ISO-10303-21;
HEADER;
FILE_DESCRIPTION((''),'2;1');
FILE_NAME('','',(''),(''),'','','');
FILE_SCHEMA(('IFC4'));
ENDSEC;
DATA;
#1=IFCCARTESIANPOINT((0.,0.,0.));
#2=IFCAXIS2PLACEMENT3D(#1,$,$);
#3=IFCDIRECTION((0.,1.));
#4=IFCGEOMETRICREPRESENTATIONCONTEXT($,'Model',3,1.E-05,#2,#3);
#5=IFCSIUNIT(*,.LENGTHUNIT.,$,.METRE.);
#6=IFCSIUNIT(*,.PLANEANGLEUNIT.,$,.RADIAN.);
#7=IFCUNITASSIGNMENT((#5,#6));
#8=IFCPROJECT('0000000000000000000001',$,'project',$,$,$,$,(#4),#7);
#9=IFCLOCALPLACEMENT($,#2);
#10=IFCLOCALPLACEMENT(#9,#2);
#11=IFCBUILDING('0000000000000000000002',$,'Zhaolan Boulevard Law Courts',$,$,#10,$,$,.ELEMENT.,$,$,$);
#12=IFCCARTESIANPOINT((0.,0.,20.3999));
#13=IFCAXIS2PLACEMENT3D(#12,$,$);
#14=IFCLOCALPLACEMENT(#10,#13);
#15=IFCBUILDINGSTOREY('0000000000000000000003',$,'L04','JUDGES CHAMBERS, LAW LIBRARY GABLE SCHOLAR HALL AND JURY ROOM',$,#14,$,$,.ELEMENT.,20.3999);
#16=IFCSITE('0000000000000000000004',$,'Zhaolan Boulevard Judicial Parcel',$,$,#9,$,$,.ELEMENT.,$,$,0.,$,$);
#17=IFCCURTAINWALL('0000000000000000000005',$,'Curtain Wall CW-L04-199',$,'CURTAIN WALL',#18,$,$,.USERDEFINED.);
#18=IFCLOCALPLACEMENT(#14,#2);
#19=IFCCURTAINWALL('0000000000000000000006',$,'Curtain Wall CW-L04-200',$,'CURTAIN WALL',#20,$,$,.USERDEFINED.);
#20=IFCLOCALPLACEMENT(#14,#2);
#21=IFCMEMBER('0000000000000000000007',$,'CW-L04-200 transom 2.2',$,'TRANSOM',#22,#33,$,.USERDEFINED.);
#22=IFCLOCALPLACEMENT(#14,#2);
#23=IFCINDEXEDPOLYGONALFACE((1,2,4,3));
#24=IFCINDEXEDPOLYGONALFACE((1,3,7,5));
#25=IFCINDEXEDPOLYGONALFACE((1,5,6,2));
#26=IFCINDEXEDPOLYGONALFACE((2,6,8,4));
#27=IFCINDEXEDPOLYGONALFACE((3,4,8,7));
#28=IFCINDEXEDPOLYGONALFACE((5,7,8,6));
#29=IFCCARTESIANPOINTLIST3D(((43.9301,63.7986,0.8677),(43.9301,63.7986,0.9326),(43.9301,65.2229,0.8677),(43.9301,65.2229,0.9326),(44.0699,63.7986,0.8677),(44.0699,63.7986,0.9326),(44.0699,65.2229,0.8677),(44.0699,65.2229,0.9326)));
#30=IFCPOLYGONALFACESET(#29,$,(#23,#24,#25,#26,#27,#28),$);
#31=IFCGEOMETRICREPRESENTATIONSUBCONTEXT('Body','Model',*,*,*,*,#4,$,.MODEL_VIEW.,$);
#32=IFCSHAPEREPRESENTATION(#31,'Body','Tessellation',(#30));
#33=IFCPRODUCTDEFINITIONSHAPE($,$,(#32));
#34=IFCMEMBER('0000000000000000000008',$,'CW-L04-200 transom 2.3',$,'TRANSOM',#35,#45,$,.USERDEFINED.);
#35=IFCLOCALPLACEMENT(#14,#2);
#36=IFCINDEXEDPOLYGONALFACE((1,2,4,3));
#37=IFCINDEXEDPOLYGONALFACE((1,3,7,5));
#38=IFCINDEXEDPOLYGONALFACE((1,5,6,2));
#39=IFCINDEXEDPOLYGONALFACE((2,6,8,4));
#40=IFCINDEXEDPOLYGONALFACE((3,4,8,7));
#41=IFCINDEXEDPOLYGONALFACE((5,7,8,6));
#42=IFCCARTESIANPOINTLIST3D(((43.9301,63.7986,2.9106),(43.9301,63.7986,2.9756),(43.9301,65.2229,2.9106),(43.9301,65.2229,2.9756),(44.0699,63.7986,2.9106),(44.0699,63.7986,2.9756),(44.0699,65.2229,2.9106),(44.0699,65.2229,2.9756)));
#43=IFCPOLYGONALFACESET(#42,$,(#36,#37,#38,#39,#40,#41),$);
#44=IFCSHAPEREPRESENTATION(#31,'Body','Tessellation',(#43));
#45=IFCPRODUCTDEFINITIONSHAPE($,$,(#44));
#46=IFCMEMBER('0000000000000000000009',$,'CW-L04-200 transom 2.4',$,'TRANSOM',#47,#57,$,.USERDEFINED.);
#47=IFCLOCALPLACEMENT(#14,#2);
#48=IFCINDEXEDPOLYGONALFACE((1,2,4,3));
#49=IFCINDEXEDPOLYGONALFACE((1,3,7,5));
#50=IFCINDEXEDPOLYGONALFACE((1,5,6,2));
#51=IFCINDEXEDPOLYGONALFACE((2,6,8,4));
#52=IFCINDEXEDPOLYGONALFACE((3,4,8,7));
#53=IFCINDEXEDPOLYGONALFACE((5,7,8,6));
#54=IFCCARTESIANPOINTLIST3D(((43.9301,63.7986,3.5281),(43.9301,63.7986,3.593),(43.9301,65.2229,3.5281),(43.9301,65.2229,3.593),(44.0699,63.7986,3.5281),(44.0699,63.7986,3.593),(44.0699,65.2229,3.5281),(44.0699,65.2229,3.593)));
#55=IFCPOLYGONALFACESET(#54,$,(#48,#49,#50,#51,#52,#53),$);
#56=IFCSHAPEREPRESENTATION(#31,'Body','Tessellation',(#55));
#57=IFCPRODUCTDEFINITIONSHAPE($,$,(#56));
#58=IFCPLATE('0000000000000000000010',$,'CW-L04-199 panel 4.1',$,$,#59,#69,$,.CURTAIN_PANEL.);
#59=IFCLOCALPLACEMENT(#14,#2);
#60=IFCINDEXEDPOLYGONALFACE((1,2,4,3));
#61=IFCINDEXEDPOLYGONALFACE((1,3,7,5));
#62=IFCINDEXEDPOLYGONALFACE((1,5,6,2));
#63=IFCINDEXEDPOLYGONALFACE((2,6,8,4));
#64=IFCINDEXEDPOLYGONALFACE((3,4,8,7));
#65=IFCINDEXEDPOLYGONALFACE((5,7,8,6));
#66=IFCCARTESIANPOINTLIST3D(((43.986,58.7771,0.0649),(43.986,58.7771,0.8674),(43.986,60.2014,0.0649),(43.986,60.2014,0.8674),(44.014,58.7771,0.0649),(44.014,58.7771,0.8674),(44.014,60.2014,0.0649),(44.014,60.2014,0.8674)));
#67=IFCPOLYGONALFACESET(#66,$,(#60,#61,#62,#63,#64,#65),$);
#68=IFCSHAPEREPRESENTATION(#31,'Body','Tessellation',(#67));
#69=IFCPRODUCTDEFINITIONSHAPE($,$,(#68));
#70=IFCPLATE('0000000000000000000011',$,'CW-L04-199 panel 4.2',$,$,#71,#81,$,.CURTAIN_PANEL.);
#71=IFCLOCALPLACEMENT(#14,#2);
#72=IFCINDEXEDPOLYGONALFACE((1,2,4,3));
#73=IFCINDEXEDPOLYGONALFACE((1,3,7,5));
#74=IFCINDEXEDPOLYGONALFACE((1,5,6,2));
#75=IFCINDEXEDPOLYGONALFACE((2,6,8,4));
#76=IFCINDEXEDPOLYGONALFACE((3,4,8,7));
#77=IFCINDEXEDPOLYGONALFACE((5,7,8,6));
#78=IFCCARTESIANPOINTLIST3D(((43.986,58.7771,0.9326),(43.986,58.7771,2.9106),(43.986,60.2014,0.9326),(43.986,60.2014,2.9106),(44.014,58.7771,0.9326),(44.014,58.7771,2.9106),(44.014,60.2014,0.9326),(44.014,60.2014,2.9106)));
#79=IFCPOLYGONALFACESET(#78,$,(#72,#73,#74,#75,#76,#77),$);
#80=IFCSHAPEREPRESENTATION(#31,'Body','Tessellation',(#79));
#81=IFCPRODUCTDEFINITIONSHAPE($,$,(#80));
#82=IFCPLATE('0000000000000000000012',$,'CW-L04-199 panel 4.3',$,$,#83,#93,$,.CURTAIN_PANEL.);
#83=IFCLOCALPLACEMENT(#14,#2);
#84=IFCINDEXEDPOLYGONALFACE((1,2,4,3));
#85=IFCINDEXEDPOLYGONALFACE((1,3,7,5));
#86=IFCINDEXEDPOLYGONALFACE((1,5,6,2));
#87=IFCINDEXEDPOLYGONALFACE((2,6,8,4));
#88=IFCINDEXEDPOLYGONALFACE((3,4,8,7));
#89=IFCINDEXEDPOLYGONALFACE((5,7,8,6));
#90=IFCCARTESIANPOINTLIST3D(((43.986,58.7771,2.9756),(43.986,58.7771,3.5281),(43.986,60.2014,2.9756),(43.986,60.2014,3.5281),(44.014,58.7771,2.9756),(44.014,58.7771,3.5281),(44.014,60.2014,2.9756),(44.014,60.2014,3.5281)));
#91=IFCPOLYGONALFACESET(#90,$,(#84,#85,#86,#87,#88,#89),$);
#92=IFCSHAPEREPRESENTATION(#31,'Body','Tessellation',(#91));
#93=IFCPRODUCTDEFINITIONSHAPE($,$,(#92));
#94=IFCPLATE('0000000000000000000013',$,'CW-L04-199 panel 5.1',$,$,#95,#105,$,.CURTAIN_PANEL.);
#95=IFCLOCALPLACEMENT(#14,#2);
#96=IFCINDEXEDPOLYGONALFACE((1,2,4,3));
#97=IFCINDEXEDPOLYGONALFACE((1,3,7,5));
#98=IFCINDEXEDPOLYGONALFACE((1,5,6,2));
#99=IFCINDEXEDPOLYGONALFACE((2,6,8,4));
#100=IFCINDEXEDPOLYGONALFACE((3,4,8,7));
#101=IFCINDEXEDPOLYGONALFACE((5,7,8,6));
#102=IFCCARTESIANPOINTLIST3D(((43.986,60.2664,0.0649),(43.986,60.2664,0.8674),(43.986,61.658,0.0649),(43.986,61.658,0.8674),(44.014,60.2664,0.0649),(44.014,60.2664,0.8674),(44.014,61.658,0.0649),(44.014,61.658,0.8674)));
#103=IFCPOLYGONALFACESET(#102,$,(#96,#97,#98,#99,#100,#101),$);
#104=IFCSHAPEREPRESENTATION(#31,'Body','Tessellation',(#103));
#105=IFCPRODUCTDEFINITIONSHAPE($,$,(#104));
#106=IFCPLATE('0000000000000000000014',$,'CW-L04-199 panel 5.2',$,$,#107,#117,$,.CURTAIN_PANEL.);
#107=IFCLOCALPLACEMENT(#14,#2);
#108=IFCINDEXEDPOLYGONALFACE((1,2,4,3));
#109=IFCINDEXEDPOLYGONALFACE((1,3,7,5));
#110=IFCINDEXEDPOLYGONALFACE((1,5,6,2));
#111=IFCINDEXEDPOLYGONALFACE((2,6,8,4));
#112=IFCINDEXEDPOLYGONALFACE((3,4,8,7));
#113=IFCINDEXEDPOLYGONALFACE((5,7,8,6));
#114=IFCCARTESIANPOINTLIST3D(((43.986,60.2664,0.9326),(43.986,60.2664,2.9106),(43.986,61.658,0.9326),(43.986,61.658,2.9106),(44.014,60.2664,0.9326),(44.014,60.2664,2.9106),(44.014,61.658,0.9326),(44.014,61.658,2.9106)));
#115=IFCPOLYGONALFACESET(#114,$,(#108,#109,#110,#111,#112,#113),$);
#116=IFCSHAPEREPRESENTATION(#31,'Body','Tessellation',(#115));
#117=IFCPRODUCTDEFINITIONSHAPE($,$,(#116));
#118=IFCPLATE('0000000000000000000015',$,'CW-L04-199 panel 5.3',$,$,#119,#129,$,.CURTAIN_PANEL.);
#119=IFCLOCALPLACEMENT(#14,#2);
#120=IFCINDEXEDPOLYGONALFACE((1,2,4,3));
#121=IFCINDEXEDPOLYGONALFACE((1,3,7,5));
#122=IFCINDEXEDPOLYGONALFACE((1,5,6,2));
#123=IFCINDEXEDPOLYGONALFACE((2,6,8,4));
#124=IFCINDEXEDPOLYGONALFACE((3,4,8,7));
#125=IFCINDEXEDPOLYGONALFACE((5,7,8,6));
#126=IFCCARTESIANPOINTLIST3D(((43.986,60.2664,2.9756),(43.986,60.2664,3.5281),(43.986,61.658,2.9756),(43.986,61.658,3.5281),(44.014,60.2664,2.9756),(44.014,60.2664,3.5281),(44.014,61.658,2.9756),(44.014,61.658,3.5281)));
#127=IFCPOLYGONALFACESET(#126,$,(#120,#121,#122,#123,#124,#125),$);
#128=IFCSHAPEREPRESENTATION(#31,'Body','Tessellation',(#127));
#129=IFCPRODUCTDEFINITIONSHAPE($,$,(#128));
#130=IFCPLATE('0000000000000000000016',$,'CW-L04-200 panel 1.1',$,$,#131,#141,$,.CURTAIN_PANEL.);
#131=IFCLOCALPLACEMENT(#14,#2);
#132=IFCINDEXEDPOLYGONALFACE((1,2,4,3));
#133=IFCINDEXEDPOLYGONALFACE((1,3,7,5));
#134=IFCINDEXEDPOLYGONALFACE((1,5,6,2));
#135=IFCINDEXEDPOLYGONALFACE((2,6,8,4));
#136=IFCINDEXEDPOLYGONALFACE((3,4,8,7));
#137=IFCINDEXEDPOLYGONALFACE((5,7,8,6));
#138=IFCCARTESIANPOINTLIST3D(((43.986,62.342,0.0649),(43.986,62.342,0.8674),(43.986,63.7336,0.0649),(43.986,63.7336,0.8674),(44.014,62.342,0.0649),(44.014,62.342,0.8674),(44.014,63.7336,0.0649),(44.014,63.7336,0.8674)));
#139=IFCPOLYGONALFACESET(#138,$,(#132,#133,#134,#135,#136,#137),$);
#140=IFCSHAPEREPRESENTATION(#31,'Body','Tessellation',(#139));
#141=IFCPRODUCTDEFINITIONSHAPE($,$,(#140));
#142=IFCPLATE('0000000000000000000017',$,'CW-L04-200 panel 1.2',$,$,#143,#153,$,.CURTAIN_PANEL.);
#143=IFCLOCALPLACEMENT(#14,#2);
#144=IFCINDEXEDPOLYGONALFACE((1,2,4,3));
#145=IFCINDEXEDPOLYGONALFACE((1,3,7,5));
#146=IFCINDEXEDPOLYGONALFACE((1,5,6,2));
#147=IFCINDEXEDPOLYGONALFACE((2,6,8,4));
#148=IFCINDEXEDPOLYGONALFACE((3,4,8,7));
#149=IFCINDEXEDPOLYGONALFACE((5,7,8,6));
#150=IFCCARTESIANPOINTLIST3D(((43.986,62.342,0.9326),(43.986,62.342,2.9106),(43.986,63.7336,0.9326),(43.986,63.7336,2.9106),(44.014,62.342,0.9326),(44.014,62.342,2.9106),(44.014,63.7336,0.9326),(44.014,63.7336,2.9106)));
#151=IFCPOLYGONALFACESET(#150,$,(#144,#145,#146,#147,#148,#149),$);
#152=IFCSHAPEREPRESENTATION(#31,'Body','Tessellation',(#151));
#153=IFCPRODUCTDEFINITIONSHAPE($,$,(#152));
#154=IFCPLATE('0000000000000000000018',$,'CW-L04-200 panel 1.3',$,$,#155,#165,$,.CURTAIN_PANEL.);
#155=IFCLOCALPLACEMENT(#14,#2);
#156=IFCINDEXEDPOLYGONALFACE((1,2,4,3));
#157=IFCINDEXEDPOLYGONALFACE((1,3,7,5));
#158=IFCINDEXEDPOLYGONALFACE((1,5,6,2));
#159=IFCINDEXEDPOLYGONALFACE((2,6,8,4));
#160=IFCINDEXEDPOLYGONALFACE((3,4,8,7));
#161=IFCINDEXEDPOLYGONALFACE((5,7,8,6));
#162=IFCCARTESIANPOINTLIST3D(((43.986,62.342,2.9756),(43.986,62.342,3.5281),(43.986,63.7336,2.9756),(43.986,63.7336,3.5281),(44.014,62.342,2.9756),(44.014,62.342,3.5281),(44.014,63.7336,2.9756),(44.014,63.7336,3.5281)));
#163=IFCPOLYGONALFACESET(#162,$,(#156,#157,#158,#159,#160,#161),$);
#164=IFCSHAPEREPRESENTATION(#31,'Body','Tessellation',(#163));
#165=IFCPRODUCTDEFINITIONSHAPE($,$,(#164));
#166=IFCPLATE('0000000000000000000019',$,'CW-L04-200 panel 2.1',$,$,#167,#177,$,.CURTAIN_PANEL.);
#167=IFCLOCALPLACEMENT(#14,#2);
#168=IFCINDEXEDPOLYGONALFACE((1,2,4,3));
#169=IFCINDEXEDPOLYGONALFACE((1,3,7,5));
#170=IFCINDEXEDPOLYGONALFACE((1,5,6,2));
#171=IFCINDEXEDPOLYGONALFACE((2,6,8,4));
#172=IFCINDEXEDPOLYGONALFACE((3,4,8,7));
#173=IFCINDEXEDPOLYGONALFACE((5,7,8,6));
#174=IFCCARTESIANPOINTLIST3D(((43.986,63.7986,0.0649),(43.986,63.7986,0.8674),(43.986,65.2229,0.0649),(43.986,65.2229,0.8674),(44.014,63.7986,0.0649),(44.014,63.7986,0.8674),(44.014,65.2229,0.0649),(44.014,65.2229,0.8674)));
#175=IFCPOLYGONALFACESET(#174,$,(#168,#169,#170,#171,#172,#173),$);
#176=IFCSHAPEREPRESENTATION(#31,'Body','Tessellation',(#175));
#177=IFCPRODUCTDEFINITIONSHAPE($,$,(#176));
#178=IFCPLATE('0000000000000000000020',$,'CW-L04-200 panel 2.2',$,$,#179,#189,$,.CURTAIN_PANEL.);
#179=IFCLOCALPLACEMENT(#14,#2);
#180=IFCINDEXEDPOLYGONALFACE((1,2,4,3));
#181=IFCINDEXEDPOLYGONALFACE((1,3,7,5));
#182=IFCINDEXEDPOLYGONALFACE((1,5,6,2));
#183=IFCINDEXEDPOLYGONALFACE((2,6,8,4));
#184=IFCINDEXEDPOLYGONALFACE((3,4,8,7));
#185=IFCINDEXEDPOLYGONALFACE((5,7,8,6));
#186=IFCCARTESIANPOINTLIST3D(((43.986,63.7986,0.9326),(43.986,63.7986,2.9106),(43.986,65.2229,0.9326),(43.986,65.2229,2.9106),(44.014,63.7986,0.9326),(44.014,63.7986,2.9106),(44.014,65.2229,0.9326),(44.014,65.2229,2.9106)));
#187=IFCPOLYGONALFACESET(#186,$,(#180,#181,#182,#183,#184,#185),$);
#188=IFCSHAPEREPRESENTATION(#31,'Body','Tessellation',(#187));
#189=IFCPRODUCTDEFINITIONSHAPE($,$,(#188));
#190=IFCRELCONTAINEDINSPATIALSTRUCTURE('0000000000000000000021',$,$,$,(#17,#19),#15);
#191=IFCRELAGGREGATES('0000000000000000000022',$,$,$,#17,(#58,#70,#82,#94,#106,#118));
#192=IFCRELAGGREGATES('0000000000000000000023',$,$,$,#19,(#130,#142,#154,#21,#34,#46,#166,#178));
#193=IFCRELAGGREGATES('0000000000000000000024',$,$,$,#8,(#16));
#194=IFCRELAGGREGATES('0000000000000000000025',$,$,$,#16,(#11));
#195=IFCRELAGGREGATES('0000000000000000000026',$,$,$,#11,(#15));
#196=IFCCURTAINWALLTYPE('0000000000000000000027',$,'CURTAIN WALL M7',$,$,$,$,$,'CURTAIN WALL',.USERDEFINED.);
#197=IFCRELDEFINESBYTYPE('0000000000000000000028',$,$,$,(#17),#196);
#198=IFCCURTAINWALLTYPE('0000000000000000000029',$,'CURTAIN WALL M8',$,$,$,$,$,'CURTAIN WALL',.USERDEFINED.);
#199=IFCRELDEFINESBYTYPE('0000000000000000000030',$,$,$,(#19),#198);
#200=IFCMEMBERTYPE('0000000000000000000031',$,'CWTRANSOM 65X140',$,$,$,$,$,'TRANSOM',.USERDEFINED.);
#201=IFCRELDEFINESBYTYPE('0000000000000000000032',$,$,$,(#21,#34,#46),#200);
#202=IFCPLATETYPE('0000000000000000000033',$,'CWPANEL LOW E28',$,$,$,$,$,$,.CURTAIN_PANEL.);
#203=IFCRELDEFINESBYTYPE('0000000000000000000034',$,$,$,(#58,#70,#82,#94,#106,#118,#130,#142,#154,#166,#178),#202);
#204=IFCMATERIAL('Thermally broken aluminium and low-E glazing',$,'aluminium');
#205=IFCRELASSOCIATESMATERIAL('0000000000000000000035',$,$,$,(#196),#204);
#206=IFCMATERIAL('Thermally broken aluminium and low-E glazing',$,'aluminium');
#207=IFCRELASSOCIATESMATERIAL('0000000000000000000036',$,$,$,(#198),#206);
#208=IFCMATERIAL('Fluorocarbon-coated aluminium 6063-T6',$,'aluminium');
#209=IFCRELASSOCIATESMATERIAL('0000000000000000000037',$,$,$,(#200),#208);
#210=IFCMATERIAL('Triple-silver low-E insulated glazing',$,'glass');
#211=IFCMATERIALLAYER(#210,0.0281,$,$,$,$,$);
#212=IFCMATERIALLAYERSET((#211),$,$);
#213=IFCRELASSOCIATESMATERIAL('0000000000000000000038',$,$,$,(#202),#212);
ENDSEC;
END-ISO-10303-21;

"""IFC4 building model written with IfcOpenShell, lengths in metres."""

from ifc_helpers import new_model, si_unit, direction, frame, origin, origin_2d, place, context, subcontext, project, spatial, rectangle, extrude, material, layer, layer_set, material_profile, profile_set, type_object, element, aggregate, save


model = new_model("IFC4")

# Units and contexts
model_context = context("Model", 3, precision=1e-05, world=origin(), true_north=direction((0.0, 1.0)))
body_context = subcontext(model_context, "Body", "Model", "MODEL_VIEW")
ifc_project = project(units=[si_unit("LENGTHUNIT", "METRE"), si_unit("PLANEANGLEUNIT", "RADIAN")], contexts=[model_context])

# Site, building, storey
site_placement = place(None, origin())
site = spatial("IfcSite", under=ifc_project, at=site_placement, Name="Zhaolan Boulevard Judicial Parcel", CompositionType="ELEMENT", RefElevation=0.0)
building_placement = place(site_placement, origin())
building = spatial("IfcBuilding", under=site, at=building_placement, Name="Zhaolan Boulevard Law Courts", CompositionType="ELEMENT")
storey_placement = place(building_placement, frame((0.0, 0.0, 20.3999)))
storey = spatial("IfcBuildingStorey", under=building, at=storey_placement, Name="L04", Description="JUDGES CHAMBERS, LAW LIBRARY GABLE SCHOLAR HALL AND JURY ROOM", CompositionType="ELEMENT", Elevation=20.3999)

# Curtain walls
ifc_material_1 = material(Name="Thermally broken aluminium and low-E glazing", Category="aluminium")
curtain_wall_type_1 = type_object("IfcCurtainWallType", Name="CURTAIN WALL M7", ElementType="CURTAIN WALL", PredefinedType="USERDEFINED", material=ifc_material_1)
curtain_wall_1_placement = place(storey_placement, origin())
curtain_wall_1 = element("IfcCurtainWall", 1, at=curtain_wall_1_placement, inside=storey, type_object=curtain_wall_type_1, Name="Curtain Wall CW-L04-199", ObjectType="CURTAIN WALL", PredefinedType="USERDEFINED")
ifc_material_2 = material(Name="Thermally broken aluminium and low-E glazing", Category="aluminium")
curtain_wall_type_2 = type_object("IfcCurtainWallType", Name="CURTAIN WALL M8", ElementType="CURTAIN WALL", PredefinedType="USERDEFINED", material=ifc_material_2)
curtain_wall_2_placement = place(storey_placement, origin())
curtain_wall_2 = element("IfcCurtainWall", 2, at=curtain_wall_2_placement, inside=storey, type_object=curtain_wall_type_2, Name="Curtain Wall CW-L04-200", ObjectType="CURTAIN WALL", PredefinedType="USERDEFINED")

# Members
ifc_material_3 = material(Name="Fluorocarbon-coated aluminium 6063-T6", Category="aluminium")
ifc_material_profile_1 = material_profile(ifc_material_3, rectangle(XDim=0.1399, YDim=0.0649, at=origin_2d()), Name="AL65x140")
ifc_profile_set_1 = profile_set([ifc_material_profile_1], Name="Fluorocarbon-coated aluminium 6063-T6")
member_type_1 = type_object("IfcMemberType", Name="CWTRANSOM 65X140", ElementType="TRANSOM", PredefinedType="USERDEFINED", material=ifc_profile_set_1)
member_1_placement = place(storey_placement, frame((44.0, 63.7986, 0.9001), z_axis=(0.0, 1.0, 0.0), x_axis=(-1.0, 0.0, 0.0)))
member_1 = element("IfcMember", 3, at=member_1_placement, type_object=member_type_1, Name="CW-L04-200 transom 2.2", ObjectType="TRANSOM", PredefinedType="USERDEFINED", context=body_context, shape_type="SweptSolid", body=[
    extrude(rectangle(XDim=0.1399, YDim=0.0649, at=origin_2d()), origin(), (0.0, 0.0, 1.0), 1.4243),
])
member_2_placement = place(storey_placement, frame((44.0, 63.7986, 2.9431), z_axis=(0.0, 1.0, 0.0), x_axis=(-1.0, 0.0, 0.0)))
member_2 = element("IfcMember", 4, at=member_2_placement, type_object=member_type_1, Name="CW-L04-200 transom 2.3", ObjectType="TRANSOM", PredefinedType="USERDEFINED", context=body_context, shape_type="SweptSolid", body=[
    extrude(rectangle(XDim=0.1399, YDim=0.0649, at=origin_2d()), origin(), (0.0, 0.0, 1.0), 1.4243),
])
member_3_placement = place(storey_placement, frame((44.0, 63.7986, 3.5605), z_axis=(0.0, 1.0, 0.0), x_axis=(-1.0, 0.0, 0.0)))
member_3 = element("IfcMember", 5, at=member_3_placement, type_object=member_type_1, Name="CW-L04-200 transom 2.4", ObjectType="TRANSOM", PredefinedType="USERDEFINED", context=body_context, shape_type="SweptSolid", body=[
    extrude(rectangle(XDim=0.1399, YDim=0.0649, at=origin_2d()), origin(), (0.0, 0.0, 1.0), 1.4243),
])

# Plates
ifc_material_4 = material(Name="Triple-silver low-E insulated glazing", Category="glass")
ifc_layer = layer(ifc_material_4, 0.0281)
ifc_layer_set = layer_set([ifc_layer])
plate_type = type_object("IfcPlateType", Name="CWPANEL LOW E28", PredefinedType="CURTAIN_PANEL", material=ifc_layer_set)
plate_1_placement = place(storey_placement, frame((44.0, 59.4893, 0.0649), z_axis=(0.0, 0.0, 1.0), x_axis=(0.0, 1.0, 0.0)))
plate_1 = element("IfcPlate", 6, at=plate_1_placement, type_object=plate_type, Name="CW-L04-199 panel 4.1", PredefinedType="CURTAIN_PANEL", context=body_context, shape_type="SweptSolid", body=[
    extrude(rectangle(XDim=1.4243, YDim=0.0281, at=origin_2d()), origin(), (0.0, 0.0, 1.0), 0.8025),
])
plate_2_placement = place(storey_placement, frame((44.0, 59.4893, 0.9326), z_axis=(0.0, 0.0, 1.0), x_axis=(0.0, 1.0, 0.0)))
plate_2 = element("IfcPlate", 7, at=plate_2_placement, type_object=plate_type, Name="CW-L04-199 panel 4.2", PredefinedType="CURTAIN_PANEL", context=body_context, shape_type="SweptSolid", body=[
    extrude(rectangle(XDim=1.4243, YDim=0.0281, at=origin_2d()), origin(), (0.0, 0.0, 1.0), 1.978),
])
plate_3_placement = place(storey_placement, frame((44.0, 59.4893, 2.9756), z_axis=(0.0, 0.0, 1.0), x_axis=(0.0, 1.0, 0.0)))
plate_3 = element("IfcPlate", 8, at=plate_3_placement, type_object=plate_type, Name="CW-L04-199 panel 4.3", PredefinedType="CURTAIN_PANEL", context=body_context, shape_type="SweptSolid", body=[
    extrude(rectangle(XDim=1.4243, YDim=0.0281, at=origin_2d()), origin(), (0.0, 0.0, 1.0), 0.5525),
])
plate_4_placement = place(storey_placement, frame((44.0, 60.9622, 0.0649), z_axis=(0.0, 0.0, 1.0), x_axis=(0.0, 1.0, 0.0)))
plate_4 = element("IfcPlate", 9, at=plate_4_placement, type_object=plate_type, Name="CW-L04-199 panel 5.1", PredefinedType="CURTAIN_PANEL", context=body_context, shape_type="SweptSolid", body=[
    extrude(rectangle(XDim=1.3916, YDim=0.0281, at=origin_2d()), origin(), (0.0, 0.0, 1.0), 0.8025),
])
plate_5_placement = place(storey_placement, frame((44.0, 60.9622, 0.9326), z_axis=(0.0, 0.0, 1.0), x_axis=(0.0, 1.0, 0.0)))
plate_5 = element("IfcPlate", 10, at=plate_5_placement, type_object=plate_type, Name="CW-L04-199 panel 5.2", PredefinedType="CURTAIN_PANEL", context=body_context, shape_type="SweptSolid", body=[
    extrude(rectangle(XDim=1.3916, YDim=0.0281, at=origin_2d()), origin(), (0.0, 0.0, 1.0), 1.978),
])
plate_6_placement = place(storey_placement, frame((44.0, 60.9622, 2.9756), z_axis=(0.0, 0.0, 1.0), x_axis=(0.0, 1.0, 0.0)))
plate_6 = element("IfcPlate", 11, at=plate_6_placement, type_object=plate_type, Name="CW-L04-199 panel 5.3", PredefinedType="CURTAIN_PANEL", context=body_context, shape_type="SweptSolid", body=[
    extrude(rectangle(XDim=1.3916, YDim=0.0281, at=origin_2d()), origin(), (0.0, 0.0, 1.0), 0.5525),
])
aggregate(curtain_wall_1, [plate_1, plate_2, plate_3, plate_4, plate_5, plate_6])
plate_7_placement = place(storey_placement, frame((44.0, 63.0378, 0.0649), z_axis=(0.0, 0.0, 1.0), x_axis=(0.0, 1.0, 0.0)))
plate_7 = element("IfcPlate", 12, at=plate_7_placement, type_object=plate_type, Name="CW-L04-200 panel 1.1", PredefinedType="CURTAIN_PANEL", context=body_context, shape_type="SweptSolid", body=[
    extrude(rectangle(XDim=1.3916, YDim=0.0281, at=origin_2d()), origin(), (0.0, 0.0, 1.0), 0.8025),
])
plate_8_placement = place(storey_placement, frame((44.0, 63.0378, 0.9326), z_axis=(0.0, 0.0, 1.0), x_axis=(0.0, 1.0, 0.0)))
plate_8 = element("IfcPlate", 13, at=plate_8_placement, type_object=plate_type, Name="CW-L04-200 panel 1.2", PredefinedType="CURTAIN_PANEL", context=body_context, shape_type="SweptSolid", body=[
    extrude(rectangle(XDim=1.3916, YDim=0.0281, at=origin_2d()), origin(), (0.0, 0.0, 1.0), 1.978),
])
plate_9_placement = place(storey_placement, frame((44.0, 63.0378, 2.9756), z_axis=(0.0, 0.0, 1.0), x_axis=(0.0, 1.0, 0.0)))
plate_9 = element("IfcPlate", 14, at=plate_9_placement, type_object=plate_type, Name="CW-L04-200 panel 1.3", PredefinedType="CURTAIN_PANEL", context=body_context, shape_type="SweptSolid", body=[
    extrude(rectangle(XDim=1.3916, YDim=0.0281, at=origin_2d()), origin(), (0.0, 0.0, 1.0), 0.5525),
])
plate_10_placement = place(storey_placement, frame((44.0, 64.5107, 0.0649), z_axis=(0.0, 0.0, 1.0), x_axis=(0.0, 1.0, 0.0)))
plate_10 = element("IfcPlate", 15, at=plate_10_placement, type_object=plate_type, Name="CW-L04-200 panel 2.1", PredefinedType="CURTAIN_PANEL", context=body_context, shape_type="SweptSolid", body=[
    extrude(rectangle(XDim=1.4243, YDim=0.0281, at=origin_2d()), origin(), (0.0, 0.0, 1.0), 0.8025),
])
plate_11_placement = place(storey_placement, frame((44.0, 64.5107, 0.9326), z_axis=(0.0, 0.0, 1.0), x_axis=(0.0, 1.0, 0.0)))
plate_11 = element("IfcPlate", 16, at=plate_11_placement, type_object=plate_type, Name="CW-L04-200 panel 2.2", PredefinedType="CURTAIN_PANEL", context=body_context, shape_type="SweptSolid", body=[
    extrude(rectangle(XDim=1.4243, YDim=0.0281, at=origin_2d()), origin(), (0.0, 0.0, 1.0), 1.978),
])
aggregate(curtain_wall_2, [plate_7, plate_8, plate_9, member_1, member_2, member_3, plate_10, plate_11])

save(model, "model.ifc")
